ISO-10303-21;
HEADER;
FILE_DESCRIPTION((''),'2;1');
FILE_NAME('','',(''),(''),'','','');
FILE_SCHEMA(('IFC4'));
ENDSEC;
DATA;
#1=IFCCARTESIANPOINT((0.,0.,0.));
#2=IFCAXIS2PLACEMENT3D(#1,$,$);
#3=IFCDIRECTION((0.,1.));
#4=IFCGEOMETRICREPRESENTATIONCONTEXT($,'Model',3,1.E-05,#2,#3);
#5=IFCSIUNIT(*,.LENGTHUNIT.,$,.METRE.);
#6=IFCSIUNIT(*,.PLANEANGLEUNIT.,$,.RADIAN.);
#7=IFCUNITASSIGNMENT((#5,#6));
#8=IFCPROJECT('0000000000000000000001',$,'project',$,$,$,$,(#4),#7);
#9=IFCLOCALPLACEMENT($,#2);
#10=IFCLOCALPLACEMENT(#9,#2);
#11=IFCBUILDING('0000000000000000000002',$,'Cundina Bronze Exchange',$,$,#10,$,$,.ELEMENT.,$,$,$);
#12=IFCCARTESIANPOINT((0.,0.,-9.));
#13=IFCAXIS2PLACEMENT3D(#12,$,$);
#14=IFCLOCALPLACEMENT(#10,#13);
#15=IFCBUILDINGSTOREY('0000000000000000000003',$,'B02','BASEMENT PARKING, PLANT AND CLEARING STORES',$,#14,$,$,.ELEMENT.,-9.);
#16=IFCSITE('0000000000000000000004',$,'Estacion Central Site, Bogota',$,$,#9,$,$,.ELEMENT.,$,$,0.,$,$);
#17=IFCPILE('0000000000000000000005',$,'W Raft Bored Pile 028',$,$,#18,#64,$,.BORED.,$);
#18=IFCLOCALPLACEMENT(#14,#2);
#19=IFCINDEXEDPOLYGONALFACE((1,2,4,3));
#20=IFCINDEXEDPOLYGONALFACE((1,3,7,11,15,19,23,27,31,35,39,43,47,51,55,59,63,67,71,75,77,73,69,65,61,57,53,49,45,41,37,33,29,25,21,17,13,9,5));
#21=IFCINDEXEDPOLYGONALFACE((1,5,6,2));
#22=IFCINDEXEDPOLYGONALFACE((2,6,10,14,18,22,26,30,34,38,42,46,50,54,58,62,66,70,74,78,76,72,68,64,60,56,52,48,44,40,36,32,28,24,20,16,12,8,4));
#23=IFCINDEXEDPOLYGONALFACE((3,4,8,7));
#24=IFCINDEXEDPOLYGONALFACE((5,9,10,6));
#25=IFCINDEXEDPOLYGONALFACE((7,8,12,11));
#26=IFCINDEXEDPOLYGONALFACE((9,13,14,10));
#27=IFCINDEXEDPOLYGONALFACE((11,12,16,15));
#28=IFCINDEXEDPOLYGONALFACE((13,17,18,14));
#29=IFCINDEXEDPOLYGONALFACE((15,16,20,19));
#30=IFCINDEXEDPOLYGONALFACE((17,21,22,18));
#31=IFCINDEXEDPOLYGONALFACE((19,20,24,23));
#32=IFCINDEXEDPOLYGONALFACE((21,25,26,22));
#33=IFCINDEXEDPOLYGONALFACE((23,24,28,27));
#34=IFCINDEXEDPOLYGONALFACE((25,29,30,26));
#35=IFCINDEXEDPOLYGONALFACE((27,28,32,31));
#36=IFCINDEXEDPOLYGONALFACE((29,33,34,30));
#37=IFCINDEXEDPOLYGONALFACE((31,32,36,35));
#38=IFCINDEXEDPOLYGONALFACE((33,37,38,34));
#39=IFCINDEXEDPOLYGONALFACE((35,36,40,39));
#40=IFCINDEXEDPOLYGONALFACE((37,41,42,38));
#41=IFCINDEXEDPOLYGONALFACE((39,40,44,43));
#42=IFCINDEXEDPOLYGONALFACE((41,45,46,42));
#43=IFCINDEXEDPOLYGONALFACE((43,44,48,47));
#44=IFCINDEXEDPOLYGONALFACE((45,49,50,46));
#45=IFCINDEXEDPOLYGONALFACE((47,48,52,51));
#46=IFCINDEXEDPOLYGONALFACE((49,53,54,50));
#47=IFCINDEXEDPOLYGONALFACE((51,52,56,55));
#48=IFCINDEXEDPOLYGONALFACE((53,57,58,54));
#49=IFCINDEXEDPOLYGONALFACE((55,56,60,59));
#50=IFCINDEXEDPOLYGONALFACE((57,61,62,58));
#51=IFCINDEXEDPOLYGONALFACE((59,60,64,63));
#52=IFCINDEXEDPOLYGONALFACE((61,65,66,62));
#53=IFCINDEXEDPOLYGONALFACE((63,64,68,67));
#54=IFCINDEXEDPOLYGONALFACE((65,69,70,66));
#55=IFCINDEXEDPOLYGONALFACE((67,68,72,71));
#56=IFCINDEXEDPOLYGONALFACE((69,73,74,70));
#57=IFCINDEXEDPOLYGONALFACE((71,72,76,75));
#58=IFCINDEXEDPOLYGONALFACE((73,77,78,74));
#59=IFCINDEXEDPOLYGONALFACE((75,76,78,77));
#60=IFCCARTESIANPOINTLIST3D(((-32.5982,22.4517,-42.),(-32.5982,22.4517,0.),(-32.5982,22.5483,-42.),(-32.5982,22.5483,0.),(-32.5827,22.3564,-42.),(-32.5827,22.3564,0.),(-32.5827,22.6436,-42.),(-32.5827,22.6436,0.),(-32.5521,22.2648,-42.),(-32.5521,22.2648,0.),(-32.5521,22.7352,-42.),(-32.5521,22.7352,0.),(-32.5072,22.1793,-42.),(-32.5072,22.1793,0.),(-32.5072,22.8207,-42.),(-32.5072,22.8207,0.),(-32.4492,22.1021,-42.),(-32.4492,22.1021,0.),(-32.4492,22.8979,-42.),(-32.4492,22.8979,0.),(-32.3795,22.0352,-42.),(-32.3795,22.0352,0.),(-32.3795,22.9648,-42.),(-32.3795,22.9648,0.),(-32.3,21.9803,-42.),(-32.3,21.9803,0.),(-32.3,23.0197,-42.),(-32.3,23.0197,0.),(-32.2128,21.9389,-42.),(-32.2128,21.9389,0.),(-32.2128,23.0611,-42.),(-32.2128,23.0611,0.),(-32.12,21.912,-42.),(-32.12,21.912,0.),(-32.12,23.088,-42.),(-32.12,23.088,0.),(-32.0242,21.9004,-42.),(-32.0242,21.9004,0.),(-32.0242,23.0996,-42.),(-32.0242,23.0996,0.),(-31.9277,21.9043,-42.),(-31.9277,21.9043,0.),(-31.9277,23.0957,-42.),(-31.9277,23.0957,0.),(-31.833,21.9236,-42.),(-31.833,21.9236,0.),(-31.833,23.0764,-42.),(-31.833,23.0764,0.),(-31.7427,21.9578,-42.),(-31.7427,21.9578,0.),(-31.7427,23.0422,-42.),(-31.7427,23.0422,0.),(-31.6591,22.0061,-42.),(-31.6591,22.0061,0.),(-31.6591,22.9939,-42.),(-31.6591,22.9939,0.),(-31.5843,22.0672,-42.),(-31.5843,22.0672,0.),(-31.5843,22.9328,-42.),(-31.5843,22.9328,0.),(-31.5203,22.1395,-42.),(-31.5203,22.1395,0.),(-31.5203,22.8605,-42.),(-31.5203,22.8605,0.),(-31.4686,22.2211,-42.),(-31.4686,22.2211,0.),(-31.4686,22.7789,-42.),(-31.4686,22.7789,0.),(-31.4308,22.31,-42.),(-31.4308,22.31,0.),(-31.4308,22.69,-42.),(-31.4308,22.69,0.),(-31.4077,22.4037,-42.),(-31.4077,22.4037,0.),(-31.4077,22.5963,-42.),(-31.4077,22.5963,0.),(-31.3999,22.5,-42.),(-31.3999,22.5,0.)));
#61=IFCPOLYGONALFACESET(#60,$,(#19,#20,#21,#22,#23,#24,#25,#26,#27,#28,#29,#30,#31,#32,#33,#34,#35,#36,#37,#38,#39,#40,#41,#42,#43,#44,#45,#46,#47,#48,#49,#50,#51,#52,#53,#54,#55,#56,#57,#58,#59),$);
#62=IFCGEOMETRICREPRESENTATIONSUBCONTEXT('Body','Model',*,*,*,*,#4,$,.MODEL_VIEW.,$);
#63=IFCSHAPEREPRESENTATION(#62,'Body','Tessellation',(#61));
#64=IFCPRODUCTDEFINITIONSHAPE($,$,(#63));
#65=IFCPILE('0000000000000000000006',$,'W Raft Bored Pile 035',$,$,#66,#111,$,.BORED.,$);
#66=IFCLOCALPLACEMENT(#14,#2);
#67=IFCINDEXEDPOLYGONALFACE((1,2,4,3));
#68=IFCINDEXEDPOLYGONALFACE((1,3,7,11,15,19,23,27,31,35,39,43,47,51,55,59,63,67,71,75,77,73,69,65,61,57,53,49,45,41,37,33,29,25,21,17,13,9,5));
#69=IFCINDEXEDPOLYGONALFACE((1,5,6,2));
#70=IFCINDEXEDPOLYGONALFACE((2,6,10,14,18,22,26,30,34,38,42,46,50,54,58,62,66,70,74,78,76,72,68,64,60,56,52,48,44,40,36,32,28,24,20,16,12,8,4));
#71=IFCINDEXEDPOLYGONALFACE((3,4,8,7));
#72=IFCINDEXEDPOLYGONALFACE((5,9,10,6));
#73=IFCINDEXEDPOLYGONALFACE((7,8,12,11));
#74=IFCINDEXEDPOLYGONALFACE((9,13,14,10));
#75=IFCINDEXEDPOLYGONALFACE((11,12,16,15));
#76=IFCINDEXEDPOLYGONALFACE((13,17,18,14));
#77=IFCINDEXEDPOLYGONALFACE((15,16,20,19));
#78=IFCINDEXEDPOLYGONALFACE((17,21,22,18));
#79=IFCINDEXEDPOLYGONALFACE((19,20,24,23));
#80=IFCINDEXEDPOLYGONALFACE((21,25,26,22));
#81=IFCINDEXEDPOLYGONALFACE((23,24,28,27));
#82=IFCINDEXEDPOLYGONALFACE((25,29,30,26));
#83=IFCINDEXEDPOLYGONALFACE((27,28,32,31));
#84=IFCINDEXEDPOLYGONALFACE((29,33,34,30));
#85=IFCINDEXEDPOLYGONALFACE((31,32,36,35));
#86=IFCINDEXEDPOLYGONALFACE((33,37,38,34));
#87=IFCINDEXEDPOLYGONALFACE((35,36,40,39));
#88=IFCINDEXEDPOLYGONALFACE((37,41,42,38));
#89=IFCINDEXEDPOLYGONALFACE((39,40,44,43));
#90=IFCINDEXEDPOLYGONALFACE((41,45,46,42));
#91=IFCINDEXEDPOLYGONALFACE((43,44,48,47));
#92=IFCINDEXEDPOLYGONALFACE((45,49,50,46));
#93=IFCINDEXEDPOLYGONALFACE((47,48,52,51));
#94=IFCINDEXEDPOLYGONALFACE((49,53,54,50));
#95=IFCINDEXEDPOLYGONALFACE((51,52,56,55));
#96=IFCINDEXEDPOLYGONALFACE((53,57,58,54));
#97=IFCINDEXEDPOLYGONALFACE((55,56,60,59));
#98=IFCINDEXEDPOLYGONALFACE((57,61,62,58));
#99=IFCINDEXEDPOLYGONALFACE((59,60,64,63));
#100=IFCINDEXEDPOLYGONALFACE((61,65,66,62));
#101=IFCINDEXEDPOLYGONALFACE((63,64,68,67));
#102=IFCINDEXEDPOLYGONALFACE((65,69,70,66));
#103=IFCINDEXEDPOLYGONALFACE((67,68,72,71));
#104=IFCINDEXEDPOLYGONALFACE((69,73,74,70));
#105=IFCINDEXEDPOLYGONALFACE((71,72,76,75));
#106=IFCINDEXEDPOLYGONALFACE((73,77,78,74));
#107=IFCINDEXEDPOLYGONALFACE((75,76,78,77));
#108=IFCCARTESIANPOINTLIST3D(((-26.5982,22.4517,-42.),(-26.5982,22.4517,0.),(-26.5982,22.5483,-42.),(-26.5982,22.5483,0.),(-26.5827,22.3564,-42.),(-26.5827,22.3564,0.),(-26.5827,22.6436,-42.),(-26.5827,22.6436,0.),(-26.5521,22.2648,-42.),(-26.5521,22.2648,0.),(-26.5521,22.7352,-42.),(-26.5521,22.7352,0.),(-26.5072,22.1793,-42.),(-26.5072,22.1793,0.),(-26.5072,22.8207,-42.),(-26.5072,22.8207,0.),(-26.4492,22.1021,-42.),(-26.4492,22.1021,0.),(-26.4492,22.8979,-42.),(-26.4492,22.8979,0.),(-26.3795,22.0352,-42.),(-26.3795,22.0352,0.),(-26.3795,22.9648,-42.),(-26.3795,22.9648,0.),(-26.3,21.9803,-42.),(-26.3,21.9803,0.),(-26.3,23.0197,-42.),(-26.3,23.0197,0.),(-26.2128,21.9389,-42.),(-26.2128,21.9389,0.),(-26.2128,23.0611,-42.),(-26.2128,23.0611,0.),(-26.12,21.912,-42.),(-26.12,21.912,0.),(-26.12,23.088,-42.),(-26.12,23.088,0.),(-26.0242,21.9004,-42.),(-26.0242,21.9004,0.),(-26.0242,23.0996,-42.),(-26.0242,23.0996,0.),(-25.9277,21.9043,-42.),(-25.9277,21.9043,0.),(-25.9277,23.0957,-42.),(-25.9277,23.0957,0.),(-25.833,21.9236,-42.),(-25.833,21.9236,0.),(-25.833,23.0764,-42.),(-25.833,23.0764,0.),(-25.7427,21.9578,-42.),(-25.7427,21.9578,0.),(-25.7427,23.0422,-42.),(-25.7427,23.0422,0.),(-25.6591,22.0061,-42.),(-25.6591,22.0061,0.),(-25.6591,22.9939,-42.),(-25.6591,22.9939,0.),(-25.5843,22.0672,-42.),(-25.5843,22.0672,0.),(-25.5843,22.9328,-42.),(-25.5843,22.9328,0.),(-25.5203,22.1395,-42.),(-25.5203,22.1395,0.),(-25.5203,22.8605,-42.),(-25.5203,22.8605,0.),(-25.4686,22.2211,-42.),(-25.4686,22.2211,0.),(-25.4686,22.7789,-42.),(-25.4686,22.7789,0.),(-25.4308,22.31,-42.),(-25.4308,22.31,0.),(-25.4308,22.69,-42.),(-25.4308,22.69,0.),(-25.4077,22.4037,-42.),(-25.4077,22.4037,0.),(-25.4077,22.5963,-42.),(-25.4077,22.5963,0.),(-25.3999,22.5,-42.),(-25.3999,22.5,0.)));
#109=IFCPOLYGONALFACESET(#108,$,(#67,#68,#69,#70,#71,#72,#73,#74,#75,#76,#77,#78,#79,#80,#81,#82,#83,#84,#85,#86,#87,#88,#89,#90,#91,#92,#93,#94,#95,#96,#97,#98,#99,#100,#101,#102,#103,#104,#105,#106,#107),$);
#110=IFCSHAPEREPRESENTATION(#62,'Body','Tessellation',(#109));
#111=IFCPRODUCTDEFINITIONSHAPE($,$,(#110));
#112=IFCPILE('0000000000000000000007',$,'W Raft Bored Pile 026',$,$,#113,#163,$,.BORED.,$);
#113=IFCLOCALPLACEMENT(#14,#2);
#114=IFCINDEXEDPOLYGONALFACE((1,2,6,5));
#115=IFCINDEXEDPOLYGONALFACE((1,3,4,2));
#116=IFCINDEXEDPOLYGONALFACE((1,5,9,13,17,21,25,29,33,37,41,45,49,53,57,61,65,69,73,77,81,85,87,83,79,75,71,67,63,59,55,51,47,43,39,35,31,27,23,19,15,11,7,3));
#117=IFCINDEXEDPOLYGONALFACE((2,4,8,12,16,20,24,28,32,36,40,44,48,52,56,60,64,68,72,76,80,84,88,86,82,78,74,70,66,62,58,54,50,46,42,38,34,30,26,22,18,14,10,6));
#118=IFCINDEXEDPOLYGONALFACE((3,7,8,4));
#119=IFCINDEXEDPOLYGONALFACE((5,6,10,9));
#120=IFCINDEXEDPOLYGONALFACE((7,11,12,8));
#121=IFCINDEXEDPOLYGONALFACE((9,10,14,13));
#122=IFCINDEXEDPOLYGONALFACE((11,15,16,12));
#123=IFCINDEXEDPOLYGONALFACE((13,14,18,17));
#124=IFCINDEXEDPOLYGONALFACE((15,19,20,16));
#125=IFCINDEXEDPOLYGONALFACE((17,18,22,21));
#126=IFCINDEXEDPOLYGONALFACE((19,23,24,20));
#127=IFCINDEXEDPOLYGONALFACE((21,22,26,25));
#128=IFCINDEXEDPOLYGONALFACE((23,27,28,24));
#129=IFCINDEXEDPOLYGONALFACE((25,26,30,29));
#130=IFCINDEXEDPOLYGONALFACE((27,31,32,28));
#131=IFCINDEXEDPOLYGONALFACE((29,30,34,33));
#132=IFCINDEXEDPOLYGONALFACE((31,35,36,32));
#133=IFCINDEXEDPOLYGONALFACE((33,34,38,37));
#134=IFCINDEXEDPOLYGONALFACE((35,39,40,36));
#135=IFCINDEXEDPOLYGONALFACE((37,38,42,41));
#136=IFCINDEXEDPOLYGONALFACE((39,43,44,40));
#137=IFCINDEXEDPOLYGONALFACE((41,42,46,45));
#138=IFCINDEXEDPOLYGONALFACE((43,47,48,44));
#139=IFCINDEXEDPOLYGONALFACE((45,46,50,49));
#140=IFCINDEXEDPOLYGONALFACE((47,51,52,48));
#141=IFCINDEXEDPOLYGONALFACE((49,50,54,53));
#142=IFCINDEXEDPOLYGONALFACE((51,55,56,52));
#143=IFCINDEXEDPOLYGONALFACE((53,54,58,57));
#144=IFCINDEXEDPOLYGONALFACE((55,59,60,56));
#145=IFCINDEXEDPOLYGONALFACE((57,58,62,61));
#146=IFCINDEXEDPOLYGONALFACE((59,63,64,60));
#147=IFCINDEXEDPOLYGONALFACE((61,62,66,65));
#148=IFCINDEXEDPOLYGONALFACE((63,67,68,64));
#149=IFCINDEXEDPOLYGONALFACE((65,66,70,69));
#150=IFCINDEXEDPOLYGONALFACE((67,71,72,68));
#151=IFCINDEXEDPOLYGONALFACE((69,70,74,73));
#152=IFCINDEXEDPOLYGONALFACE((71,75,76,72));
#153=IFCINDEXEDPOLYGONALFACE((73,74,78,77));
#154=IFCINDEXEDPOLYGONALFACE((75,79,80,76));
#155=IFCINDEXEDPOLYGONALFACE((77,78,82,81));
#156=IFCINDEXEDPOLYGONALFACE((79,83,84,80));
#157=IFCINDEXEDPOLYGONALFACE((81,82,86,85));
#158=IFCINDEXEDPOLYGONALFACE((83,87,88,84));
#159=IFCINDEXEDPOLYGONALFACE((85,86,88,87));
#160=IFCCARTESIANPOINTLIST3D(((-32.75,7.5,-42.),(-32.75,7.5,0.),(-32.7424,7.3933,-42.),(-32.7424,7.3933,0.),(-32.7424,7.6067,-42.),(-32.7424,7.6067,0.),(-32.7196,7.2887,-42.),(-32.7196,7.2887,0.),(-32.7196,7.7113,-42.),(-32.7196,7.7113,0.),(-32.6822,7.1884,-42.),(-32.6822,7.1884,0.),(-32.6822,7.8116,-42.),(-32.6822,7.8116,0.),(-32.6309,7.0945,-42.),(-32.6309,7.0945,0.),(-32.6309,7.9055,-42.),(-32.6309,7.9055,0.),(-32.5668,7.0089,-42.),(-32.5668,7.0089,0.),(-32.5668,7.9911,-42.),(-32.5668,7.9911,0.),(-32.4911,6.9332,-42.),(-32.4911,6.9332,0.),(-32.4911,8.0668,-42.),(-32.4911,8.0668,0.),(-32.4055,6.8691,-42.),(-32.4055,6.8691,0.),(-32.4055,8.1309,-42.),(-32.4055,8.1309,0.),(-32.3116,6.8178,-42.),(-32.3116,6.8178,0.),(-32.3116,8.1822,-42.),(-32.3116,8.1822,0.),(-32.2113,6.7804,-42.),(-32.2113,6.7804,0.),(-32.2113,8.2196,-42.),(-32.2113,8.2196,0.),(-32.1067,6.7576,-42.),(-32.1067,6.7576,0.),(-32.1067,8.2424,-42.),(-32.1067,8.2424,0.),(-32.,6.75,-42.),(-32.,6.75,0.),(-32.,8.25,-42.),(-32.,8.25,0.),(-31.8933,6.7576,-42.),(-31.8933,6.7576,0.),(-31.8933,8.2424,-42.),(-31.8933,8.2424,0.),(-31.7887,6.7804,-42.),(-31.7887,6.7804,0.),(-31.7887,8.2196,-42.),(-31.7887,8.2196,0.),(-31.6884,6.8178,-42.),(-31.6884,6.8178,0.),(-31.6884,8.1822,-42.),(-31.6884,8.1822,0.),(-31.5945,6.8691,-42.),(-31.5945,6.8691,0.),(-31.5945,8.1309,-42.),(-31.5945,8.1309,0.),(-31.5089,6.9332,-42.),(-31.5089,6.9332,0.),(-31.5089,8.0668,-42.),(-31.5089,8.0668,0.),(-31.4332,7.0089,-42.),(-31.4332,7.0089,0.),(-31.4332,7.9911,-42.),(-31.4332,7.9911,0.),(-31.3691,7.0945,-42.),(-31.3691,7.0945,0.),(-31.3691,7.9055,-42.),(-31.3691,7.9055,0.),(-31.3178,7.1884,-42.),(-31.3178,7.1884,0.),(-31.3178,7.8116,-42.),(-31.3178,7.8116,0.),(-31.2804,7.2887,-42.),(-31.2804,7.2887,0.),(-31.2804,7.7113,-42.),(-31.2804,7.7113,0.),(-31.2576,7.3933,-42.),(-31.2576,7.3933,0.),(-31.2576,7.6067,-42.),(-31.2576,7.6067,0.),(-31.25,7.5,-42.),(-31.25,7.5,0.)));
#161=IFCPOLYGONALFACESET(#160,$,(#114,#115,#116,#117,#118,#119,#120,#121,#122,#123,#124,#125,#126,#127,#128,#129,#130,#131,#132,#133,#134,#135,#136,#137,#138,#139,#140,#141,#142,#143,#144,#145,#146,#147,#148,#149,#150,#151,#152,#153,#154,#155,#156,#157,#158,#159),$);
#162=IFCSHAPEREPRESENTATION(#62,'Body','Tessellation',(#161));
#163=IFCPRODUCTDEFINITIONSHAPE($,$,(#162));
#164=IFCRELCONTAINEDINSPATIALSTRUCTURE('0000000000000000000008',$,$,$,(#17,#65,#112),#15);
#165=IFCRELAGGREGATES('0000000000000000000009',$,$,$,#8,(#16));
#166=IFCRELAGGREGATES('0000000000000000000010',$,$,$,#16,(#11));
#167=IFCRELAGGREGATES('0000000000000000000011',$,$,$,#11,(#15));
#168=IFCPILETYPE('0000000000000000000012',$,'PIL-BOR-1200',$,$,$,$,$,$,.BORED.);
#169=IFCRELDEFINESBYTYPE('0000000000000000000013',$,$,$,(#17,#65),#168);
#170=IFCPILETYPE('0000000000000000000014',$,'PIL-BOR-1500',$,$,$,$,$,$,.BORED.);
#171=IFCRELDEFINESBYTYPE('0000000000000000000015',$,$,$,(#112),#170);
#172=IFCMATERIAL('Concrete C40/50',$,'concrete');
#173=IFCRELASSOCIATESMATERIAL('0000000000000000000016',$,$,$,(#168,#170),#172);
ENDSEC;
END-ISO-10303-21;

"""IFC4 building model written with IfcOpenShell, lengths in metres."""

from ifc_helpers import new_model, si_unit, direction, frame, origin, origin_2d, place, context, subcontext, project, spatial, circle, extrude, material, material_profile, profile_set, type_object, element, save


model = new_model("IFC4")

# Units and contexts
model_context = context("Model", 3, precision=1e-05, world=origin(), true_north=direction((0.0, 1.0)))
body_context = subcontext(model_context, "Body", "Model", "MODEL_VIEW")
ifc_project = project(units=[si_unit("LENGTHUNIT", "METRE"), si_unit("PLANEANGLEUNIT", "RADIAN")], contexts=[model_context])

# Site, building, storey
site_placement = place(None, origin())
site = spatial("IfcSite", under=ifc_project, at=site_placement, Name="Estacion Central Site, Bogota", CompositionType="ELEMENT", RefElevation=0.0)
building_placement = place(site_placement, origin())
building = spatial("IfcBuilding", under=site, at=building_placement, Name="Cundina Bronze Exchange", CompositionType="ELEMENT")
storey_placement = place(building_placement, frame((0.0, 0.0, -9.0)))
storey = spatial("IfcBuildingStorey", under=building, at=storey_placement, Name="B02", Description="BASEMENT PARKING, PLANT AND CLEARING STORES", CompositionType="ELEMENT", Elevation=-9.0)

# Piles
ifc_material_1 = material(Name="Concrete C40/50", Category="concrete")
ifc_material_profile_1 = material_profile(ifc_material_1, circle(Radius=0.6001, at=origin_2d()), Name="PILE1200D", Category="concrete")
ifc_profile_set_1 = profile_set([ifc_material_profile_1], Name="Concrete C40/50")
pile_type_1 = type_object("IfcPileType", Name="PIL-BOR-1200", PredefinedType="BORED", material=ifc_profile_set_1)
for number, where, z_axis, x_axis, name in (
    (1, (-32.0, 22.5, 0.0), (0.0, 0.0, -1.0), (1.0, 0.0, 0.0), "W Raft Bored Pile 028"),
    (2, (-26.0, 22.5, 0.0), (0.0, 0.0, -1.0), (1.0, 0.0, 0.0), "W Raft Bored Pile 035"),
):
    element("IfcPile", number, at=place(storey_placement, frame(where, z_axis=z_axis, x_axis=x_axis)), inside=storey, type_object=pile_type_1, Name=name, PredefinedType="BORED", context=body_context, shape_type="SweptSolid", body=[
        extrude(circle(Radius=0.6001, at=origin_2d()), origin(), (0.0, 0.0, 1.0), 42.0),
    ])
ifc_material_profile_2 = material_profile(ifc_material_1, circle(Radius=0.75, at=origin_2d()), Name="PILE1500D", Category="concrete")
ifc_profile_set_2 = profile_set([ifc_material_profile_2], Name="Concrete C40/50")
pile_type_2 = type_object("IfcPileType", Name="PIL-BOR-1500", PredefinedType="BORED", material=ifc_profile_set_2)
for number, where, z_axis, x_axis, name in (
    (3, (-32.0, 7.5, 0.0), (0.0, 0.0, -1.0), (1.0, 0.0, 0.0), "W Raft Bored Pile 026"),
):
    element("IfcPile", number, at=place(storey_placement, frame(where, z_axis=z_axis, x_axis=x_axis)), inside=storey, type_object=pile_type_2, Name=name, PredefinedType="BORED", context=body_context, shape_type="SweptSolid", body=[
        extrude(circle(Radius=0.75, at=origin_2d()), origin(), (0.0, 0.0, 1.0), 42.0),
    ])

save(model, "model.ifc")
